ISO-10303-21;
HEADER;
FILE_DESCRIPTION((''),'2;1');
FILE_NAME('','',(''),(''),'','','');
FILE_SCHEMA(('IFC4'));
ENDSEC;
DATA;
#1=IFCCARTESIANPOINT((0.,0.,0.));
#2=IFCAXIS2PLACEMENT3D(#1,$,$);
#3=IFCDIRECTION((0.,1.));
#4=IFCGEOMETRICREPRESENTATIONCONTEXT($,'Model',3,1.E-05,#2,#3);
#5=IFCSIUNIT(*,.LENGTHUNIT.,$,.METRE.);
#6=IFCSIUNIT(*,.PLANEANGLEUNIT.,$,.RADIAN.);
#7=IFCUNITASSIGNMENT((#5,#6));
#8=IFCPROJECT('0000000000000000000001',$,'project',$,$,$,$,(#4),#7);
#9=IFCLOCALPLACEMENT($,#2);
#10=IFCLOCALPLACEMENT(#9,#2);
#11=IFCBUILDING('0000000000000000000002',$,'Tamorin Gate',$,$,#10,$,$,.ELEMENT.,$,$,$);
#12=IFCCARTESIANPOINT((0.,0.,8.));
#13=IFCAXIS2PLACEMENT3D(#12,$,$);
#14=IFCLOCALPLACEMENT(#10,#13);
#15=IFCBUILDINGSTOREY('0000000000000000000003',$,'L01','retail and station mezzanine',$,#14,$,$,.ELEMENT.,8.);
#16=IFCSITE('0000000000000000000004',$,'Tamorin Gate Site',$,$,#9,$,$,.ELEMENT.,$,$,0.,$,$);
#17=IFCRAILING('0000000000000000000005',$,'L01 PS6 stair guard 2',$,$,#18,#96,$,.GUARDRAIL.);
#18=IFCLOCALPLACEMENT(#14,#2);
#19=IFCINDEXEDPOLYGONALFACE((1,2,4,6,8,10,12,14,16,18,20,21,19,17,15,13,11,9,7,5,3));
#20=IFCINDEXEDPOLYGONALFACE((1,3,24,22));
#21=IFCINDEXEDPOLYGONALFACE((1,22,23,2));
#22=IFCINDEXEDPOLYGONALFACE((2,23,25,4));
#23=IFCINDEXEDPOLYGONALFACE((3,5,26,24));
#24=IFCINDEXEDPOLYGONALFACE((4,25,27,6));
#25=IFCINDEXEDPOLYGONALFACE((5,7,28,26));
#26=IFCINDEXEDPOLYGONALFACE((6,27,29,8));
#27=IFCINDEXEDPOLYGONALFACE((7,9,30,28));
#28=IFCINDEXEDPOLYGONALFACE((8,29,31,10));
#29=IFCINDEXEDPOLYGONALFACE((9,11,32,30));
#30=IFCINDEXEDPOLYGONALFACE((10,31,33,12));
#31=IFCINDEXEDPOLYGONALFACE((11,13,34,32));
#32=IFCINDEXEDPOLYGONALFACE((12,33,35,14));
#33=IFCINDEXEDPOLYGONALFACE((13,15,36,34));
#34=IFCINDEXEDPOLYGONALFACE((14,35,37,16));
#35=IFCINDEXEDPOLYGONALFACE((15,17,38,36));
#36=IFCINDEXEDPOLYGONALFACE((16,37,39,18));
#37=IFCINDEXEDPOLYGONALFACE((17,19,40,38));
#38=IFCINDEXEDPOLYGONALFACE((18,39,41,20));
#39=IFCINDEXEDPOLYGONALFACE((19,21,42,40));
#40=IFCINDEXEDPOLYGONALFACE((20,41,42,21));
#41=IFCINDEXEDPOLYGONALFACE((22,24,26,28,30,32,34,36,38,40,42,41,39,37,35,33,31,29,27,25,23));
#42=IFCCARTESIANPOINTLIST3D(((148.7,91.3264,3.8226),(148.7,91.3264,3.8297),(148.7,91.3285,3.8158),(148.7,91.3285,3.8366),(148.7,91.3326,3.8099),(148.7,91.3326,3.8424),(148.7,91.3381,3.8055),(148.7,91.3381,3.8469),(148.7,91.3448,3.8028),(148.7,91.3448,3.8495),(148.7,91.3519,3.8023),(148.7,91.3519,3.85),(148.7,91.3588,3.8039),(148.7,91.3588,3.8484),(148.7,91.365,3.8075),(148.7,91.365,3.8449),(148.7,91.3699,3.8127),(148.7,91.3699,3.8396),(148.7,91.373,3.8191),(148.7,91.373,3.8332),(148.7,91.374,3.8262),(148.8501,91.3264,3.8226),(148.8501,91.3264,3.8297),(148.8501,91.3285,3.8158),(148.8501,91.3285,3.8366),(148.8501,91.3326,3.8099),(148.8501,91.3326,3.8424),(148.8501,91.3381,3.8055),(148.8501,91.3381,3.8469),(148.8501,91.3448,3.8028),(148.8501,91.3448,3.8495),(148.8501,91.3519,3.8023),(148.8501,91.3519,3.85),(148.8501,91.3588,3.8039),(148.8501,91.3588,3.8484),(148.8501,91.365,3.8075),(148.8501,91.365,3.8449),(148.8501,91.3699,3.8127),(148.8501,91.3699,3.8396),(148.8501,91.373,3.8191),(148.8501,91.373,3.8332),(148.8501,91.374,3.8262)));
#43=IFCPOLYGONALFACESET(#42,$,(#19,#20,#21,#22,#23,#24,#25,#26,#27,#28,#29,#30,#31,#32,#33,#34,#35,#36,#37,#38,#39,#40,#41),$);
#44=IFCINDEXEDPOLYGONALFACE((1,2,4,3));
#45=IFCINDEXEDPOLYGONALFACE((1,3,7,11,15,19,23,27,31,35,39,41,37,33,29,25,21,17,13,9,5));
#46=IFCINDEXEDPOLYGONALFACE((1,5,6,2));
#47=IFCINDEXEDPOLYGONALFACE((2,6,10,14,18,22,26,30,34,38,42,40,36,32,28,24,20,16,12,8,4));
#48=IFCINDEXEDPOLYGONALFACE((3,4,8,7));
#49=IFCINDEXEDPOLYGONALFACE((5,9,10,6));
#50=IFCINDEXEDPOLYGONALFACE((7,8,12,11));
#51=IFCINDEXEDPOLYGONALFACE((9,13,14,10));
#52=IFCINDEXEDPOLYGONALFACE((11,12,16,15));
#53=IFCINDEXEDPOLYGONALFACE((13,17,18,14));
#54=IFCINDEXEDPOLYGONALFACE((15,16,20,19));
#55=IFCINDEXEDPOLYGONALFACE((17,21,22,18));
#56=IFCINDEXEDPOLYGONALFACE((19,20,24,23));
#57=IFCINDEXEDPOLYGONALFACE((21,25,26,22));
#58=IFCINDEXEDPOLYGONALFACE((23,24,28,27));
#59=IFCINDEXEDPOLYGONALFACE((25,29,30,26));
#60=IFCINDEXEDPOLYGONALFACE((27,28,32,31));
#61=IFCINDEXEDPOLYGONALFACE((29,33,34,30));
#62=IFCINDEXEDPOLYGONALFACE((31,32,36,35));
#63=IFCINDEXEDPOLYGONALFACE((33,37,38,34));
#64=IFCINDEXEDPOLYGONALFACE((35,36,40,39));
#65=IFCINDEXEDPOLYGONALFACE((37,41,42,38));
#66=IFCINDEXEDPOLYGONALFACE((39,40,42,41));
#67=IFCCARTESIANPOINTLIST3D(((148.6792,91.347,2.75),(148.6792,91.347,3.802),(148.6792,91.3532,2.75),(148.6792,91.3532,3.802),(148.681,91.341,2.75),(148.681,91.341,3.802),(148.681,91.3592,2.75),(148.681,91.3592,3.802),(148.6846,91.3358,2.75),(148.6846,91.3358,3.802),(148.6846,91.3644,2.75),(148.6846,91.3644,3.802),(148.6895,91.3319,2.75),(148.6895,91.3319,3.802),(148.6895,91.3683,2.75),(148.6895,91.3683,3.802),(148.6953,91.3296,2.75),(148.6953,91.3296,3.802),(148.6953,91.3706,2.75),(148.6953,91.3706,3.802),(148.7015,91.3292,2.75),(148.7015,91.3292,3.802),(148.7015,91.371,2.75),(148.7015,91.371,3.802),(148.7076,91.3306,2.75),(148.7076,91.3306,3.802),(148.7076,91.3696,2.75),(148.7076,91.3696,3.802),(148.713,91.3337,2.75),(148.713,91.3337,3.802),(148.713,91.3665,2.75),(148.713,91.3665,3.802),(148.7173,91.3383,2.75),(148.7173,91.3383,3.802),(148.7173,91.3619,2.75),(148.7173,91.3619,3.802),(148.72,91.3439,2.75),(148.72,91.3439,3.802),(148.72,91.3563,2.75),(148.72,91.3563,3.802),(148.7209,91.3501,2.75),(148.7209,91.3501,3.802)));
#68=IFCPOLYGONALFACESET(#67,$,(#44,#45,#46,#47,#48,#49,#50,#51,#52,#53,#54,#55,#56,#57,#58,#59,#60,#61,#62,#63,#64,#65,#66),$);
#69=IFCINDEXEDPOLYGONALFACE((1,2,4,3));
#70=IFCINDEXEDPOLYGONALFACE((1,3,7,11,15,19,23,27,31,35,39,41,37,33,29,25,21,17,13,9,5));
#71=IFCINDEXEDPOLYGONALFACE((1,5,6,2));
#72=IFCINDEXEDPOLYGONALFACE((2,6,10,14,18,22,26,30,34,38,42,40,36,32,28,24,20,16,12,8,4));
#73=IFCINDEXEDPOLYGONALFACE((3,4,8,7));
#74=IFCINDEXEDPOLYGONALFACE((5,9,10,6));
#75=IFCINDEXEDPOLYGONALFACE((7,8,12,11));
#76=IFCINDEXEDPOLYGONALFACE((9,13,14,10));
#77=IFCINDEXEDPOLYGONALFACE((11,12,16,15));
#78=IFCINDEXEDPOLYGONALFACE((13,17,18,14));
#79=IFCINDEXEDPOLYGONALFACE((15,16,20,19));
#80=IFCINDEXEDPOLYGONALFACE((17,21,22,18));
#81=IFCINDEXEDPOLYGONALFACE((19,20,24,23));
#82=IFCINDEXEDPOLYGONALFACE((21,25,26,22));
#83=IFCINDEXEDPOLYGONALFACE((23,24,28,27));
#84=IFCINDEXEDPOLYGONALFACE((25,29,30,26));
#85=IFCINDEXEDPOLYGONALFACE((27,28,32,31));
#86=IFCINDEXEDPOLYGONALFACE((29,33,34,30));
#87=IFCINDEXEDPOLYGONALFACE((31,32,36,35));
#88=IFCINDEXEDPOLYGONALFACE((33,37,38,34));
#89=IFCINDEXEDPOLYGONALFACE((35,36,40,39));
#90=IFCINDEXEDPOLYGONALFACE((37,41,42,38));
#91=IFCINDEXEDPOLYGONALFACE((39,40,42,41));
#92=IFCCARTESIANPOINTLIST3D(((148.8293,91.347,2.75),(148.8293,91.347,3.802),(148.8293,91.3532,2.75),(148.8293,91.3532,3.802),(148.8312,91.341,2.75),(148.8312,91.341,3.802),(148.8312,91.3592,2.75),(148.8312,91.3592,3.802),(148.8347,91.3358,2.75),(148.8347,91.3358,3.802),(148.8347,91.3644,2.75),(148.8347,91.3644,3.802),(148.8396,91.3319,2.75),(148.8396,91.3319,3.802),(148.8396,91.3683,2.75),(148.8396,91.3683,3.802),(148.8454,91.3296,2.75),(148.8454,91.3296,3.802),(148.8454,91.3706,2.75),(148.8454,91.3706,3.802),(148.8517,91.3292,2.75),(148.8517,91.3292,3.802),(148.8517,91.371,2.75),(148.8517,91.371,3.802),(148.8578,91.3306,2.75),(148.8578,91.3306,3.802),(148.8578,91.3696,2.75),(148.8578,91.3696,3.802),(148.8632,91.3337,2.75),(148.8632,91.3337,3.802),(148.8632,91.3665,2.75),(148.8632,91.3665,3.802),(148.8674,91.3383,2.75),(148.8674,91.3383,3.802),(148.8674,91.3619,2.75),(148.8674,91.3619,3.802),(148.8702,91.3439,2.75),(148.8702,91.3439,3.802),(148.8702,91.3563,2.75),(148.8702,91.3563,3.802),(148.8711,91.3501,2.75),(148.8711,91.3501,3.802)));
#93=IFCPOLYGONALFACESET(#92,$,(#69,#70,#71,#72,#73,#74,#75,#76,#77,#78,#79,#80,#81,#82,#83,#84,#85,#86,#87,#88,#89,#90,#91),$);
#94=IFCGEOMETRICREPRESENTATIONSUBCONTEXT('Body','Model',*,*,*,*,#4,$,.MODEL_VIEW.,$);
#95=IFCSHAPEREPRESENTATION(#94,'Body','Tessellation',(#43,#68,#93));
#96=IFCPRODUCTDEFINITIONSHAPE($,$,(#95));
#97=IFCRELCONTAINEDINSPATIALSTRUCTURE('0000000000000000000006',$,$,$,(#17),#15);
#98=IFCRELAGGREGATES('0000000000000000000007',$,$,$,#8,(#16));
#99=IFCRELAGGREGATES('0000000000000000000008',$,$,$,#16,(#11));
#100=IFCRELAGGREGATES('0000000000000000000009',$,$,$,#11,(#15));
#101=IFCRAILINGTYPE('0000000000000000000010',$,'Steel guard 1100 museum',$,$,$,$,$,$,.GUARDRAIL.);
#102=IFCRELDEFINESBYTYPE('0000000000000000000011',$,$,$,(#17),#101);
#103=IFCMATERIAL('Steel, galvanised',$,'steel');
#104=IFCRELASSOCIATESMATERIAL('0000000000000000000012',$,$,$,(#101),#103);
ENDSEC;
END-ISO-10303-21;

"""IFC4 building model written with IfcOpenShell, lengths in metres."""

from ifc_helpers import new_model, si_unit, direction, frame, origin, origin_2d, place, context, subcontext, project, spatial, circle, extrude, material, type_object, element, save


model = new_model("IFC4")

# Units and contexts
model_context = context("Model", 3, precision=1e-05, world=origin(), true_north=direction((0.0, 1.0)))
body_context = subcontext(model_context, "Body", "Model", "MODEL_VIEW")
ifc_project = project(units=[si_unit("LENGTHUNIT", "METRE"), si_unit("PLANEANGLEUNIT", "RADIAN")], contexts=[model_context])

# Site, building, storey
site_placement = place(None, origin())
site = spatial("IfcSite", under=ifc_project, at=site_placement, Name="Tamorin Gate Site", CompositionType="ELEMENT", RefElevation=0.0)
building_placement = place(site_placement, origin())
building = spatial("IfcBuilding", under=site, at=building_placement, Name="Tamorin Gate", CompositionType="ELEMENT")
storey_placement = place(building_placement, frame((0.0, 0.0, 8.0)))
storey = spatial("IfcBuildingStorey", under=building, at=storey_placement, Name="L01", Description="retail and station mezzanine", CompositionType="ELEMENT", Elevation=8.0)

# Railing
ifc_material_1 = material(Name="Steel, galvanised", Category="steel")
railing_type_1 = type_object("IfcRailingType", Name="Steel guard 1100 museum", PredefinedType="GUARDRAIL", material=ifc_material_1)
railing_1_placement = place(storey_placement, frame((148.7, 91.3501, 2.75)))
element("IfcRailing", 1, at=railing_1_placement, inside=storey, type_object=railing_type_1, Name="L01 PS6 stair guard 2", PredefinedType="GUARDRAIL", context=body_context, shape_type="SweptSolid", body=[
    extrude(circle(Radius=0.0239, at=origin_2d()), frame((0.0, 0.0, 1.0762), z_axis=(1.0, 0.0, 0.0), x_axis=(0.0, 1.0, 0.0)), (0.0, 0.0, 1.0), 0.1501),
    extrude(circle(Radius=0.021, at=origin_2d()), origin(), (0.0, 0.0, 1.0), 1.052),
    extrude(circle(Radius=0.021, at=origin_2d()), frame((0.1501, 0.0, 0.0)), (0.0, 0.0, 1.0), 1.052),
])

save(model, "model.ifc")
